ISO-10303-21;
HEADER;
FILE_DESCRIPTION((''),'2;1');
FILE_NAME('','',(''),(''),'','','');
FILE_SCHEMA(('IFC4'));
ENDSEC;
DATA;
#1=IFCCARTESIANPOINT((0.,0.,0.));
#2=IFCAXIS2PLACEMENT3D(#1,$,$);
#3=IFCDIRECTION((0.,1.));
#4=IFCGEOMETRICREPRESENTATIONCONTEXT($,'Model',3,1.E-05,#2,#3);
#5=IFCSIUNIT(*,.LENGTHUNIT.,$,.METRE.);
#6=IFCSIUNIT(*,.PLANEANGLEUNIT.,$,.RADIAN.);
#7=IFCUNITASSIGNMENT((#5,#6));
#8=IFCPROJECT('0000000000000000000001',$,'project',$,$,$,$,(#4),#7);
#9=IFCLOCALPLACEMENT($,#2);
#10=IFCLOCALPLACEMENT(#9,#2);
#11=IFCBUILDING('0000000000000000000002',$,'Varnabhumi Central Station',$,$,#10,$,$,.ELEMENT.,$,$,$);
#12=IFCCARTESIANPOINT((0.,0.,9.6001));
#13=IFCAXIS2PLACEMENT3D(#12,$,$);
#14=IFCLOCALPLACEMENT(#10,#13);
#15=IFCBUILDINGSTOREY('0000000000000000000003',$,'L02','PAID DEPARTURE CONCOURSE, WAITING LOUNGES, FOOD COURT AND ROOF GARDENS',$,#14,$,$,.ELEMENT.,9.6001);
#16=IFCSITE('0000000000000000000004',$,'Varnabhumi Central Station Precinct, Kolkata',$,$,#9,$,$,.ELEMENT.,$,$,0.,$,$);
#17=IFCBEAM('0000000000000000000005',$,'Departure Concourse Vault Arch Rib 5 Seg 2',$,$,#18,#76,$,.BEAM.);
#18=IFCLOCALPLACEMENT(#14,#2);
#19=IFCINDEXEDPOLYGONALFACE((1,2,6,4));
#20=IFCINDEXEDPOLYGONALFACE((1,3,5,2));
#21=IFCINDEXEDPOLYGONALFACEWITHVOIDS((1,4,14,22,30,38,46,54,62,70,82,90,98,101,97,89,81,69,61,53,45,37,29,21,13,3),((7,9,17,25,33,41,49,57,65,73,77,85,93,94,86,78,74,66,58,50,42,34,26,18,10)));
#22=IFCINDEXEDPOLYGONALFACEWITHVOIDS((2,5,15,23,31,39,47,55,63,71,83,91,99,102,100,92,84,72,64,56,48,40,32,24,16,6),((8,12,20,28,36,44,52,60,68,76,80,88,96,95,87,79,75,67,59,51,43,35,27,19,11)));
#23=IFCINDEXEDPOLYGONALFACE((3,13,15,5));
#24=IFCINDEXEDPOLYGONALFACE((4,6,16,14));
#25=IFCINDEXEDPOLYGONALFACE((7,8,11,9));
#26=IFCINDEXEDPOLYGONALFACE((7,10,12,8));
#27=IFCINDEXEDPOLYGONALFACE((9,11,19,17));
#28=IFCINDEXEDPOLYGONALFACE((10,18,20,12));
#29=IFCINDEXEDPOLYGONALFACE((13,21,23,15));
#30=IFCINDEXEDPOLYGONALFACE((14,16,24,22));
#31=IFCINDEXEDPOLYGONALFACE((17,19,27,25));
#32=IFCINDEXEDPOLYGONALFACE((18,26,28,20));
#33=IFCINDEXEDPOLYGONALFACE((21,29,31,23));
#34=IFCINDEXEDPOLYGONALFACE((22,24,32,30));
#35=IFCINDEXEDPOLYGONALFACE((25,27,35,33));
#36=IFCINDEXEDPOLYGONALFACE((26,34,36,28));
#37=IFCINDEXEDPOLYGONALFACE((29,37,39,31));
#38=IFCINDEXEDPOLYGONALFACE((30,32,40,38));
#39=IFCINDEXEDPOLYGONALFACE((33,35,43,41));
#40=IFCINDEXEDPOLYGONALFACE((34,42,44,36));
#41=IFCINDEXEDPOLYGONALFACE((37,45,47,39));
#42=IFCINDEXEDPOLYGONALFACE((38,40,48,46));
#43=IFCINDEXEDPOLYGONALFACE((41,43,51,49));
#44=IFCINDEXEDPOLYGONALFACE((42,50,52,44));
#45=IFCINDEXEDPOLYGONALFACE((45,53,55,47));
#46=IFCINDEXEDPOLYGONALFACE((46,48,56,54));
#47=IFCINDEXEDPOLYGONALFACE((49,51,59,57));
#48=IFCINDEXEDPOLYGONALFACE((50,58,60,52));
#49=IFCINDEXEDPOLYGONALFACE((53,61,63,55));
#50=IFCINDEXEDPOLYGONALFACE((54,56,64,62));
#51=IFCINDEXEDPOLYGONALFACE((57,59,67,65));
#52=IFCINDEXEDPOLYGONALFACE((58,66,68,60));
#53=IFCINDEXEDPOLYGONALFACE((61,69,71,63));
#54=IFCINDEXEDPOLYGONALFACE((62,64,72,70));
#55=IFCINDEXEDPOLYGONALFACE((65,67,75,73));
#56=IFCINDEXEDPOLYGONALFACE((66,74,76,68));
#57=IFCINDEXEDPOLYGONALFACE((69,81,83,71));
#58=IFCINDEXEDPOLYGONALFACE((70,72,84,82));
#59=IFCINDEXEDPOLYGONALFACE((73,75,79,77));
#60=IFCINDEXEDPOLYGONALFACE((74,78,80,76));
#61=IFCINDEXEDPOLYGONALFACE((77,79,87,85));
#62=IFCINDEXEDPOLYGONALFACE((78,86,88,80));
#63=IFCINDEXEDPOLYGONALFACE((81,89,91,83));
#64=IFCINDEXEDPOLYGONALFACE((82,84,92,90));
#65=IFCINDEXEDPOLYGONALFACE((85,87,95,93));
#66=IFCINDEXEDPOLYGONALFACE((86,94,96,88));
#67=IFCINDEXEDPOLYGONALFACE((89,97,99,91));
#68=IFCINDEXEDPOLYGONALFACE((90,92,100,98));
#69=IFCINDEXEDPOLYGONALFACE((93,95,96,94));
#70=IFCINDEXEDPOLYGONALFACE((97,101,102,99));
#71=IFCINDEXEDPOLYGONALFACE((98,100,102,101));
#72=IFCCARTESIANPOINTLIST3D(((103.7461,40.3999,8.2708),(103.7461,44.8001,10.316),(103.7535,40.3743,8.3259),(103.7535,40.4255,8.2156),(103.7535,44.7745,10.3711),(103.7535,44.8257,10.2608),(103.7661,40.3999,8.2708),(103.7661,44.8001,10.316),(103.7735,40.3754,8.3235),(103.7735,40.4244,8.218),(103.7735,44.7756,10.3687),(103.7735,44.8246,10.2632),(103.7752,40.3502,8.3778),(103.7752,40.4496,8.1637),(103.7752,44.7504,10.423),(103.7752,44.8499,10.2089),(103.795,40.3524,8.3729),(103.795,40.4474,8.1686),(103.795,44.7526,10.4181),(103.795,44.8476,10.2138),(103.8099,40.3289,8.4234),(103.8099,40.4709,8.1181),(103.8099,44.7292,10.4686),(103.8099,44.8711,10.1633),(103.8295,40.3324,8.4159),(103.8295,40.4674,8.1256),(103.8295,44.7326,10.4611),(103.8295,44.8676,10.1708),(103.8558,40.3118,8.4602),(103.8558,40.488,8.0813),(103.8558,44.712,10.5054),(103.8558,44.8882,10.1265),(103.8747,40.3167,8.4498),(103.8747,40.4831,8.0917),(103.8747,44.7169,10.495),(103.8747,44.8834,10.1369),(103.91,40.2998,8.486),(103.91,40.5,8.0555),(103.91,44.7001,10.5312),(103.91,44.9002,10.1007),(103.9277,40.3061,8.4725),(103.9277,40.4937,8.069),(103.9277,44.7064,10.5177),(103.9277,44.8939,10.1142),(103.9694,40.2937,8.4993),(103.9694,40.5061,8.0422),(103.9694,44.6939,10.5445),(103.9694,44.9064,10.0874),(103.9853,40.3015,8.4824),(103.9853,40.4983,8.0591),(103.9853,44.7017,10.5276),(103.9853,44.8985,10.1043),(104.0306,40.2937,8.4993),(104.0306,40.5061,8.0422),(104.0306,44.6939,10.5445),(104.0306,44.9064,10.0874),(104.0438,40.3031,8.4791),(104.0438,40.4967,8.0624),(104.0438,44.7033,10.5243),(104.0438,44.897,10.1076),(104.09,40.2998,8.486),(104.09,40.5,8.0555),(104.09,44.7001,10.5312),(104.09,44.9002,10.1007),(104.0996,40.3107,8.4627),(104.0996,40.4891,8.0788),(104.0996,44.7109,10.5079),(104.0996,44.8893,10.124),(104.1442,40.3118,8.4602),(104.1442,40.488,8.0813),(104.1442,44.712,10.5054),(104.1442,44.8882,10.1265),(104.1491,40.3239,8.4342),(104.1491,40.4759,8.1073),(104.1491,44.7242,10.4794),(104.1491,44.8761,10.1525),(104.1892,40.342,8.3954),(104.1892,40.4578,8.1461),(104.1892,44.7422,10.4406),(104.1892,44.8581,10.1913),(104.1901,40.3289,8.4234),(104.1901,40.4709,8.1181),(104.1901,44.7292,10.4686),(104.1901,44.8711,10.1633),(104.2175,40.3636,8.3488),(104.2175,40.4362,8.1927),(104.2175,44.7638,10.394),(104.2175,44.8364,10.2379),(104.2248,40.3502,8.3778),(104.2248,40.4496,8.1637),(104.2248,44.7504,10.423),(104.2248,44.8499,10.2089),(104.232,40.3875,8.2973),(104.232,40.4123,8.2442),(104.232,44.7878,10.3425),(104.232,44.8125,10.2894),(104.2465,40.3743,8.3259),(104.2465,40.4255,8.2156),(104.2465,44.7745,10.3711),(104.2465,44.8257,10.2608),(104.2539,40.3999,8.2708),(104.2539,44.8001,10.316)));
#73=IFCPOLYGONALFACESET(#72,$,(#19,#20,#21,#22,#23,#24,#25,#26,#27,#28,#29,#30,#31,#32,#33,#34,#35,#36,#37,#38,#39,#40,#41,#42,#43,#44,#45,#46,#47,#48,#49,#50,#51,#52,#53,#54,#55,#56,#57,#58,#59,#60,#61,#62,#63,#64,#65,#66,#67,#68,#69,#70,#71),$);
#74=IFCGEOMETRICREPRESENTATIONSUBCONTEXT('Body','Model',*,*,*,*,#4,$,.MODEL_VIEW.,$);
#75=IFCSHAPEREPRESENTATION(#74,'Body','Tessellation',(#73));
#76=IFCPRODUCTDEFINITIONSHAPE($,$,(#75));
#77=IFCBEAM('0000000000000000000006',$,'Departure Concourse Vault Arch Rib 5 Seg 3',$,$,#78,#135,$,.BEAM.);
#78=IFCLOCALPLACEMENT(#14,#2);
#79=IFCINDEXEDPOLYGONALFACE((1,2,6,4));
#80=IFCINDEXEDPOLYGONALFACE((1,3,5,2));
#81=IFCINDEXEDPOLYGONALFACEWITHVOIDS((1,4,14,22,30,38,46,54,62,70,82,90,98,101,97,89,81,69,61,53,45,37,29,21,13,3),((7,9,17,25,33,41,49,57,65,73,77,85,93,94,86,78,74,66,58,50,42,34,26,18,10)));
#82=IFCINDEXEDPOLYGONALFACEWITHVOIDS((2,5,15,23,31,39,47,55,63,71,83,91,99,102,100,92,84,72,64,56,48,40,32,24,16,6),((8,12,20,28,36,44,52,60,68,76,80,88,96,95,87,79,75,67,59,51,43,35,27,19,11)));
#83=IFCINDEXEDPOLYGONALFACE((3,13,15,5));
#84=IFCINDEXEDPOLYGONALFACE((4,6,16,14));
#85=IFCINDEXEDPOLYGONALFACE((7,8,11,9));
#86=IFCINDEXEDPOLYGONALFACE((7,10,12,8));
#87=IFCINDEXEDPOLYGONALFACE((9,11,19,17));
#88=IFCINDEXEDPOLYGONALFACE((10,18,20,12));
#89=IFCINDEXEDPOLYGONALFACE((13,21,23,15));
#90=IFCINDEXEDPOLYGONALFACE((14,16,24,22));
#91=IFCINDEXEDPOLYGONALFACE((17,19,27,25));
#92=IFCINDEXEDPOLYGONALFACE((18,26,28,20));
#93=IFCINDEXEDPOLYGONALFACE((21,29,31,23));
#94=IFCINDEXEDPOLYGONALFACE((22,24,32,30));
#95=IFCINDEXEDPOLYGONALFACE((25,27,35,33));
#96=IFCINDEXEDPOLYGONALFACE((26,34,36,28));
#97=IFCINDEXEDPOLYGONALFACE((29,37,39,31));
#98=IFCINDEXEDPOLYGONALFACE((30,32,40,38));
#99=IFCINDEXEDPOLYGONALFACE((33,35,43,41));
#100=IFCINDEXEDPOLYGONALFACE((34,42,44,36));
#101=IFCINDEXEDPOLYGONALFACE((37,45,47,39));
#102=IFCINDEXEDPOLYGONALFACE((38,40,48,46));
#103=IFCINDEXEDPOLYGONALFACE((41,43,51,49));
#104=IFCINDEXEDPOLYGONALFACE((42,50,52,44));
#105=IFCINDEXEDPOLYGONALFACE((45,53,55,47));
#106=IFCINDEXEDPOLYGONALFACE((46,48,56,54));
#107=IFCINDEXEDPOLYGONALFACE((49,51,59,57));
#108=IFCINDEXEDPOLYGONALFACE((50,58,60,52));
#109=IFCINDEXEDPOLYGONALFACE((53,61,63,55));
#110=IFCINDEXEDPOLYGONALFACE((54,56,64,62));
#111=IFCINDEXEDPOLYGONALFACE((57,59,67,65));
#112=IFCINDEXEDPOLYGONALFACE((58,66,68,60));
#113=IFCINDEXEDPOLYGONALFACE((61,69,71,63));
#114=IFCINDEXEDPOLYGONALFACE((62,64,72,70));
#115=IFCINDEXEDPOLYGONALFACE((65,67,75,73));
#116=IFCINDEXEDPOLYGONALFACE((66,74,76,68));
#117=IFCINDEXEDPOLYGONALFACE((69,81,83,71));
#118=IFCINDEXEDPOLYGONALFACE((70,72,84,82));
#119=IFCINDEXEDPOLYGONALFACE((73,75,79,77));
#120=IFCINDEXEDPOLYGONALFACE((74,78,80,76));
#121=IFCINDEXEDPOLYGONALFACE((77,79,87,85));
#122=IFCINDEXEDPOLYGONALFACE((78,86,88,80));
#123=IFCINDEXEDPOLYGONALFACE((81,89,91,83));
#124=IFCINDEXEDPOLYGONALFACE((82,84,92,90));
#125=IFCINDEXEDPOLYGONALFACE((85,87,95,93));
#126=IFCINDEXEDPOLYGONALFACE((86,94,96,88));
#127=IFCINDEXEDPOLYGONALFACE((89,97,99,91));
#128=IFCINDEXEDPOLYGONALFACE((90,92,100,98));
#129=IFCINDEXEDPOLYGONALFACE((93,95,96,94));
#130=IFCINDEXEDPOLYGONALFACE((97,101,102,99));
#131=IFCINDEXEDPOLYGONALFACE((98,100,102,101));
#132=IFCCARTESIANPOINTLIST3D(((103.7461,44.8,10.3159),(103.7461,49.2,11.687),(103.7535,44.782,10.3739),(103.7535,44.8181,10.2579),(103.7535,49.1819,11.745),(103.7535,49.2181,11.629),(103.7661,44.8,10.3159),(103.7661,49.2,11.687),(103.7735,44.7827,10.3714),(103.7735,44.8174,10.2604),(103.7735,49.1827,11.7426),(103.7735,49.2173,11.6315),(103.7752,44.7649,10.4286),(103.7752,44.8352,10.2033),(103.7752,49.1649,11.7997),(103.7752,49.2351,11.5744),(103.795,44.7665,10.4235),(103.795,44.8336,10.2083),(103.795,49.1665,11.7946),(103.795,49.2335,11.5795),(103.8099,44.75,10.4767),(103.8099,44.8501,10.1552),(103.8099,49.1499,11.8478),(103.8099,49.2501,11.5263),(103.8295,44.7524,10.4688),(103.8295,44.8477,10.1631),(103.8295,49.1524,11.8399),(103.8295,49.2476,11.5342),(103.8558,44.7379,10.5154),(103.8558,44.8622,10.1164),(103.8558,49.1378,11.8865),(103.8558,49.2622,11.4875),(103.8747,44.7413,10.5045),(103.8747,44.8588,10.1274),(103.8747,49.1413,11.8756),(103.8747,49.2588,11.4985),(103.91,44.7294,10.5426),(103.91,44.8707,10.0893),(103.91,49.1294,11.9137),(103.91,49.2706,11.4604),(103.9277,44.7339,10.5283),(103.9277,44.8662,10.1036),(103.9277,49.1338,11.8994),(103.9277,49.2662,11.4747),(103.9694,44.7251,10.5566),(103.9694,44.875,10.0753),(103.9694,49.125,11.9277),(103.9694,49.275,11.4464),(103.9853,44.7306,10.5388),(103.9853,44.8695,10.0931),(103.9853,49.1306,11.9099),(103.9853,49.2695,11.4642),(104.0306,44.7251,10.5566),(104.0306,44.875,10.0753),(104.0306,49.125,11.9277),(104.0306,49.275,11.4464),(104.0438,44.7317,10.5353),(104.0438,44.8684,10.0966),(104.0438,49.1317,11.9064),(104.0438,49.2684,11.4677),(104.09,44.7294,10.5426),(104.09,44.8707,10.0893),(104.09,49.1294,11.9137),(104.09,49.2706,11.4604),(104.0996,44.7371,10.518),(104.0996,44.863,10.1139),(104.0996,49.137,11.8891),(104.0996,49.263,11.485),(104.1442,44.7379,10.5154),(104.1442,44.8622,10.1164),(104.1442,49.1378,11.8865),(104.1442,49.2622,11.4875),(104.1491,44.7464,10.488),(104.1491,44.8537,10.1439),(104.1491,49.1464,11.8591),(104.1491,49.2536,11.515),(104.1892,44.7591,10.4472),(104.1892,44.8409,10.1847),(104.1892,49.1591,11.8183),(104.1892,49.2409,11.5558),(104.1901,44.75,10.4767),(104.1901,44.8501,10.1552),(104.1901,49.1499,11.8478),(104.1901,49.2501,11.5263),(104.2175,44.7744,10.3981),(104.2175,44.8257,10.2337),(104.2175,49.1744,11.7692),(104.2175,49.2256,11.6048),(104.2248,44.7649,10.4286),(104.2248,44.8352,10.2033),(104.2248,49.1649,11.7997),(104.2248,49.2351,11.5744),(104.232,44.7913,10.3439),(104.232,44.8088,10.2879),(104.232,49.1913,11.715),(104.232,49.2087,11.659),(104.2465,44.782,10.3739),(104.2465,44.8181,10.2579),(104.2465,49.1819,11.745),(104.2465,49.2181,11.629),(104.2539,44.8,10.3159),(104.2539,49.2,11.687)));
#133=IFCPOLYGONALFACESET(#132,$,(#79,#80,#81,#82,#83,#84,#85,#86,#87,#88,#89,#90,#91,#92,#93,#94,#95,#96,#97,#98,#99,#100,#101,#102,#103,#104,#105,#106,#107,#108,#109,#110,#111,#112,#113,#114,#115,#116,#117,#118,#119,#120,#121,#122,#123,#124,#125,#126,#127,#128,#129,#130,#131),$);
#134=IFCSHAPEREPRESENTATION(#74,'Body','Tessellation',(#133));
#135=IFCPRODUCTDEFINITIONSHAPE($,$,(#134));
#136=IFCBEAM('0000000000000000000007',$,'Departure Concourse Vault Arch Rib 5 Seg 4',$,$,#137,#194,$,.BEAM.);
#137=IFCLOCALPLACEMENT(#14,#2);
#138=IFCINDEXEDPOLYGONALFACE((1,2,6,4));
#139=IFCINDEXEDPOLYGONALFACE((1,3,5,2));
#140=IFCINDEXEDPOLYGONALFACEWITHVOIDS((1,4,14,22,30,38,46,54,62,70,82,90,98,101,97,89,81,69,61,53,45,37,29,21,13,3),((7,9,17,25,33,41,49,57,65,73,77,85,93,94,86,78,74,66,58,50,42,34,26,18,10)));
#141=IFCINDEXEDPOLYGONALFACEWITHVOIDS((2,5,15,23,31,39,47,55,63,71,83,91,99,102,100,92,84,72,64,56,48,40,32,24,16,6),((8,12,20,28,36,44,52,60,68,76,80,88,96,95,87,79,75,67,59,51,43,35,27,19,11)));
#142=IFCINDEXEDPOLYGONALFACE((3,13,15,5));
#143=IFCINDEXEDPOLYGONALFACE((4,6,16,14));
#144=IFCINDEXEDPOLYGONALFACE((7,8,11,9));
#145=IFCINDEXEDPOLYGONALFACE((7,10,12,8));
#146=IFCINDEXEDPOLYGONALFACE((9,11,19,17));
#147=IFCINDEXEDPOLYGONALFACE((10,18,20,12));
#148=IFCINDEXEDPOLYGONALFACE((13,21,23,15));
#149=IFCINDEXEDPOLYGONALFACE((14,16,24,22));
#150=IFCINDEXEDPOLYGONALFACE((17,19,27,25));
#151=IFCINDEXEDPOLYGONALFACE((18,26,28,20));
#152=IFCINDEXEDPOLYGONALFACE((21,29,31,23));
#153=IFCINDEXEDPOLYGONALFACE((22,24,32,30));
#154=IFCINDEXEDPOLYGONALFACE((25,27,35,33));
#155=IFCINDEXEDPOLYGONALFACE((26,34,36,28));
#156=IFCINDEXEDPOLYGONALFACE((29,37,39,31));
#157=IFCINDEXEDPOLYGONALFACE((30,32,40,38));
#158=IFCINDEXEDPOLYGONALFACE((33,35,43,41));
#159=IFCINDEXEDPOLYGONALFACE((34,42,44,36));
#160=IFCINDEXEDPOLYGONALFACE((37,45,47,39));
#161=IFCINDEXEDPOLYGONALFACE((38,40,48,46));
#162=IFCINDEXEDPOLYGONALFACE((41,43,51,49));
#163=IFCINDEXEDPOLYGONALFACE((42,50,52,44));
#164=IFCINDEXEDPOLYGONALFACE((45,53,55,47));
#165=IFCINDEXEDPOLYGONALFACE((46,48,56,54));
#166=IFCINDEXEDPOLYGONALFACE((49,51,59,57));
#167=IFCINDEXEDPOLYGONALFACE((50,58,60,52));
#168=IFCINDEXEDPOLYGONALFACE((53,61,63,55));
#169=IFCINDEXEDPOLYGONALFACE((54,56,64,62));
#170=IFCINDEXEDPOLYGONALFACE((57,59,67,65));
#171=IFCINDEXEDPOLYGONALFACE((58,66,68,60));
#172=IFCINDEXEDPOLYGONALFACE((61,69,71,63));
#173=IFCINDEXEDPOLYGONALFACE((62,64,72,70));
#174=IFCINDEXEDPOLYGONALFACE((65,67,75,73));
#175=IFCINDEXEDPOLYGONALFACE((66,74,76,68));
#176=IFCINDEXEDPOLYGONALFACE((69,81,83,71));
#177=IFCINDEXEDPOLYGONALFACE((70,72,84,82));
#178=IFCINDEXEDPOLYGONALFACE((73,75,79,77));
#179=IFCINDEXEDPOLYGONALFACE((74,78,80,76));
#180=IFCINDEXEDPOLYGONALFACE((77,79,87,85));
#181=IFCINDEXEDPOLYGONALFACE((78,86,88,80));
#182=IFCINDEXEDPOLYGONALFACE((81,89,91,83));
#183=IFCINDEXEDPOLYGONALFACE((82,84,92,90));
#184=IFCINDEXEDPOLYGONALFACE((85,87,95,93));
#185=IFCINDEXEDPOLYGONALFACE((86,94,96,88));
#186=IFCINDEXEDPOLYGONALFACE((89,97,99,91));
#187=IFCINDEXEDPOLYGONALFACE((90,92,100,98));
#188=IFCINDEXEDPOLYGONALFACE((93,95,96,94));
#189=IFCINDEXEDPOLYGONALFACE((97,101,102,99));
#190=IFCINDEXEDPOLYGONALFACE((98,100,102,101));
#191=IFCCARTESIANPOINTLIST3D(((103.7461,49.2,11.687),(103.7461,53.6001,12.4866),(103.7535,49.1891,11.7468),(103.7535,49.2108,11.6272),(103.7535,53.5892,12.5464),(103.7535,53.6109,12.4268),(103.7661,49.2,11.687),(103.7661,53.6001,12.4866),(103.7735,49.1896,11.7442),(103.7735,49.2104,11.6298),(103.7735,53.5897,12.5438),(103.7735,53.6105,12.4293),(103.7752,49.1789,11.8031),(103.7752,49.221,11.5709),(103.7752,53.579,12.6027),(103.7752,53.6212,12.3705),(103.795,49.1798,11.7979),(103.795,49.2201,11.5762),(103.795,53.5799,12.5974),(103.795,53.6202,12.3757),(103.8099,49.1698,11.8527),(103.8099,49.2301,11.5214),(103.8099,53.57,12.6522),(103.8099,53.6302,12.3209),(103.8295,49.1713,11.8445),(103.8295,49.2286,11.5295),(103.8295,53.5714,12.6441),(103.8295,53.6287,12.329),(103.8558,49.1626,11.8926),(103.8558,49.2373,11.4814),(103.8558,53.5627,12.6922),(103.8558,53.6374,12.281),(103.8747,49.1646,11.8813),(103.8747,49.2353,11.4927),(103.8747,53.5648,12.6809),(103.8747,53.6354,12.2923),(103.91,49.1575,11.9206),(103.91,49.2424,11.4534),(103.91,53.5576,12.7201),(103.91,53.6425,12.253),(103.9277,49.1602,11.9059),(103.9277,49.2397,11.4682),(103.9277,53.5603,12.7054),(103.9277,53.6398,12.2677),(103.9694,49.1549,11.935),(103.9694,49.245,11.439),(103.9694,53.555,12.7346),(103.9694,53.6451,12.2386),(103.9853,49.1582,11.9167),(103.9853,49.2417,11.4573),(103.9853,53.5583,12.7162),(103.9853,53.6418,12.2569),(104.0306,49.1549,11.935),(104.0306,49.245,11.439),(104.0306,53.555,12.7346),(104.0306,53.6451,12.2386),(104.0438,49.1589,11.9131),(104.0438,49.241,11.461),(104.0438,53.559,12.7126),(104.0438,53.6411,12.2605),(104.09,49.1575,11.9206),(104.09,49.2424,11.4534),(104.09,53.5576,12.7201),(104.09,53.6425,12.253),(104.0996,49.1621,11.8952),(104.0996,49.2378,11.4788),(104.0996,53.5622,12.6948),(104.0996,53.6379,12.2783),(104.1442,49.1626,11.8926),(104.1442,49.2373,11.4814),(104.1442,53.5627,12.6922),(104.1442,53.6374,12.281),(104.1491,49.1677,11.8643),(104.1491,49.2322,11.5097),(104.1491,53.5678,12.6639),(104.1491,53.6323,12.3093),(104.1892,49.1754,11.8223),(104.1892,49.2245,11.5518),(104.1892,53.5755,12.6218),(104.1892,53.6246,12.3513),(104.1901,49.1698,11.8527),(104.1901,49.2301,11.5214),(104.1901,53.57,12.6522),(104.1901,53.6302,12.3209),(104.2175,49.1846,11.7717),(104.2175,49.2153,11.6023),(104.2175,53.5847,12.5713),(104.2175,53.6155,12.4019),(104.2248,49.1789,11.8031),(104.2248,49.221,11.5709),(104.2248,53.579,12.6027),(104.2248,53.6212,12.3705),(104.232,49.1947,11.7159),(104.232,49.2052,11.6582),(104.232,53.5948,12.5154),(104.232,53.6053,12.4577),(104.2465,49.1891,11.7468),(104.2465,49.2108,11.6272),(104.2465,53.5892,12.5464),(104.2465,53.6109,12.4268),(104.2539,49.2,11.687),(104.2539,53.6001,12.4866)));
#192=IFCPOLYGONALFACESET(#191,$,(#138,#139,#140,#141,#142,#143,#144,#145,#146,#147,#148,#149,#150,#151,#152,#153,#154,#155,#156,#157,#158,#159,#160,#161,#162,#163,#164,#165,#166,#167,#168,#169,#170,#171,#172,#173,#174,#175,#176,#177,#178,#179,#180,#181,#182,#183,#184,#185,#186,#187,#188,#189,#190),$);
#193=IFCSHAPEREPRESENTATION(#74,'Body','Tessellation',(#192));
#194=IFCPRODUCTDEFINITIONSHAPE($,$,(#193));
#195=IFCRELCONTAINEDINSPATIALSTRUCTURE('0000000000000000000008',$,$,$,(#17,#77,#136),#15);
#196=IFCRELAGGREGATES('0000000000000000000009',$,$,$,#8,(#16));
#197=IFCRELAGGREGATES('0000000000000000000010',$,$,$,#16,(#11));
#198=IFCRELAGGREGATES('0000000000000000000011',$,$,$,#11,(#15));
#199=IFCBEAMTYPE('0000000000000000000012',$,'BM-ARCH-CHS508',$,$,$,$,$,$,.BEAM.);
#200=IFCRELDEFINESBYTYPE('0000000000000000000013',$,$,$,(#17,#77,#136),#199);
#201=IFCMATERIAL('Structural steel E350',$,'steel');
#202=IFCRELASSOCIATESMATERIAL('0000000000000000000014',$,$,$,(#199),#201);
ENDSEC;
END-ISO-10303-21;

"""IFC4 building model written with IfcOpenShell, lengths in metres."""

from ifc_helpers import new_model, si_unit, direction, frame, origin, origin_2d, place, context, subcontext, project, spatial, hollow_circle, extrude, material, material_profile, profile_set, type_object, element, save


model = new_model("IFC4")

# Units and contexts
model_context = context("Model", 3, precision=1e-05, world=origin(), true_north=direction((0.0, 1.0)))
body_context = subcontext(model_context, "Body", "Model", "MODEL_VIEW")
ifc_project = project(units=[si_unit("LENGTHUNIT", "METRE"), si_unit("PLANEANGLEUNIT", "RADIAN")], contexts=[model_context])

# Site, building, storey
site_placement = place(None, origin())
site = spatial("IfcSite", under=ifc_project, at=site_placement, Name="Varnabhumi Central Station Precinct, Kolkata", CompositionType="ELEMENT", RefElevation=0.0)
building_placement = place(site_placement, origin())
building = spatial("IfcBuilding", under=site, at=building_placement, Name="Varnabhumi Central Station", CompositionType="ELEMENT")
storey_placement = place(building_placement, frame((0.0, 0.0, 9.6001)))
storey = spatial("IfcBuildingStorey", under=building, at=storey_placement, Name="L02", Description="PAID DEPARTURE CONCOURSE, WAITING LOUNGES, FOOD COURT AND ROOF GARDENS", CompositionType="ELEMENT", Elevation=9.6001)

# Beams
ifc_material_1 = material(Name="Structural steel E350", Category="steel")
ifc_material_profile_1 = material_profile(ifc_material_1, hollow_circle(Radius=0.2539, WallThickness=0.02, at=origin_2d()), Name="Structural steel E350", Category="steel")
ifc_profile_set_1 = profile_set([ifc_material_profile_1], Name="Structural steel E350")
beam_type_1 = type_object("IfcBeamType", Name="BM-ARCH-CHS508", PredefinedType="BEAM", material=ifc_profile_set_1)
beam_1_placement = place(storey_placement, frame((104.0, 40.3999, 8.2708), z_axis=(0.0, 0.906832, 0.421491), x_axis=(-1.0, 0.0, 0.0)))
element("IfcBeam", 1, at=beam_1_placement, inside=storey, type_object=beam_type_1, Name="Departure Concourse Vault Arch Rib 5 Seg 2", PredefinedType="BEAM", context=body_context, shape_type="SweptSolid", body=[
    extrude(hollow_circle(Radius=0.2539, WallThickness=0.02, at=origin_2d()), origin(), (0.0, 0.0, 1.0), 4.8523),
])
beam_2_placement = place(storey_placement, frame((104.0, 44.8, 10.3159), z_axis=(0.0, 0.954719, 0.297509), x_axis=(-1.0, 0.0, 0.0)))
element("IfcBeam", 2, at=beam_2_placement, inside=storey, type_object=beam_type_1, Name="Departure Concourse Vault Arch Rib 5 Seg 3", PredefinedType="BEAM", context=body_context, shape_type="SweptSolid", body=[
    extrude(hollow_circle(Radius=0.2539, WallThickness=0.02, at=origin_2d()), origin(), (0.0, 0.0, 1.0), 4.6086),
])
beam_3_placement = place(storey_placement, frame((104.0, 49.2, 11.687), z_axis=(0.0, 0.983888, 0.178785), x_axis=(-1.0, 0.0, 0.0)))
element("IfcBeam", 3, at=beam_3_placement, inside=storey, type_object=beam_type_1, Name="Departure Concourse Vault Arch Rib 5 Seg 4", PredefinedType="BEAM", context=body_context, shape_type="SweptSolid", body=[
    extrude(hollow_circle(Radius=0.2539, WallThickness=0.02, at=origin_2d()), origin(), (0.0, 0.0, 1.0), 4.4722),
])

save(model, "model.ifc")
